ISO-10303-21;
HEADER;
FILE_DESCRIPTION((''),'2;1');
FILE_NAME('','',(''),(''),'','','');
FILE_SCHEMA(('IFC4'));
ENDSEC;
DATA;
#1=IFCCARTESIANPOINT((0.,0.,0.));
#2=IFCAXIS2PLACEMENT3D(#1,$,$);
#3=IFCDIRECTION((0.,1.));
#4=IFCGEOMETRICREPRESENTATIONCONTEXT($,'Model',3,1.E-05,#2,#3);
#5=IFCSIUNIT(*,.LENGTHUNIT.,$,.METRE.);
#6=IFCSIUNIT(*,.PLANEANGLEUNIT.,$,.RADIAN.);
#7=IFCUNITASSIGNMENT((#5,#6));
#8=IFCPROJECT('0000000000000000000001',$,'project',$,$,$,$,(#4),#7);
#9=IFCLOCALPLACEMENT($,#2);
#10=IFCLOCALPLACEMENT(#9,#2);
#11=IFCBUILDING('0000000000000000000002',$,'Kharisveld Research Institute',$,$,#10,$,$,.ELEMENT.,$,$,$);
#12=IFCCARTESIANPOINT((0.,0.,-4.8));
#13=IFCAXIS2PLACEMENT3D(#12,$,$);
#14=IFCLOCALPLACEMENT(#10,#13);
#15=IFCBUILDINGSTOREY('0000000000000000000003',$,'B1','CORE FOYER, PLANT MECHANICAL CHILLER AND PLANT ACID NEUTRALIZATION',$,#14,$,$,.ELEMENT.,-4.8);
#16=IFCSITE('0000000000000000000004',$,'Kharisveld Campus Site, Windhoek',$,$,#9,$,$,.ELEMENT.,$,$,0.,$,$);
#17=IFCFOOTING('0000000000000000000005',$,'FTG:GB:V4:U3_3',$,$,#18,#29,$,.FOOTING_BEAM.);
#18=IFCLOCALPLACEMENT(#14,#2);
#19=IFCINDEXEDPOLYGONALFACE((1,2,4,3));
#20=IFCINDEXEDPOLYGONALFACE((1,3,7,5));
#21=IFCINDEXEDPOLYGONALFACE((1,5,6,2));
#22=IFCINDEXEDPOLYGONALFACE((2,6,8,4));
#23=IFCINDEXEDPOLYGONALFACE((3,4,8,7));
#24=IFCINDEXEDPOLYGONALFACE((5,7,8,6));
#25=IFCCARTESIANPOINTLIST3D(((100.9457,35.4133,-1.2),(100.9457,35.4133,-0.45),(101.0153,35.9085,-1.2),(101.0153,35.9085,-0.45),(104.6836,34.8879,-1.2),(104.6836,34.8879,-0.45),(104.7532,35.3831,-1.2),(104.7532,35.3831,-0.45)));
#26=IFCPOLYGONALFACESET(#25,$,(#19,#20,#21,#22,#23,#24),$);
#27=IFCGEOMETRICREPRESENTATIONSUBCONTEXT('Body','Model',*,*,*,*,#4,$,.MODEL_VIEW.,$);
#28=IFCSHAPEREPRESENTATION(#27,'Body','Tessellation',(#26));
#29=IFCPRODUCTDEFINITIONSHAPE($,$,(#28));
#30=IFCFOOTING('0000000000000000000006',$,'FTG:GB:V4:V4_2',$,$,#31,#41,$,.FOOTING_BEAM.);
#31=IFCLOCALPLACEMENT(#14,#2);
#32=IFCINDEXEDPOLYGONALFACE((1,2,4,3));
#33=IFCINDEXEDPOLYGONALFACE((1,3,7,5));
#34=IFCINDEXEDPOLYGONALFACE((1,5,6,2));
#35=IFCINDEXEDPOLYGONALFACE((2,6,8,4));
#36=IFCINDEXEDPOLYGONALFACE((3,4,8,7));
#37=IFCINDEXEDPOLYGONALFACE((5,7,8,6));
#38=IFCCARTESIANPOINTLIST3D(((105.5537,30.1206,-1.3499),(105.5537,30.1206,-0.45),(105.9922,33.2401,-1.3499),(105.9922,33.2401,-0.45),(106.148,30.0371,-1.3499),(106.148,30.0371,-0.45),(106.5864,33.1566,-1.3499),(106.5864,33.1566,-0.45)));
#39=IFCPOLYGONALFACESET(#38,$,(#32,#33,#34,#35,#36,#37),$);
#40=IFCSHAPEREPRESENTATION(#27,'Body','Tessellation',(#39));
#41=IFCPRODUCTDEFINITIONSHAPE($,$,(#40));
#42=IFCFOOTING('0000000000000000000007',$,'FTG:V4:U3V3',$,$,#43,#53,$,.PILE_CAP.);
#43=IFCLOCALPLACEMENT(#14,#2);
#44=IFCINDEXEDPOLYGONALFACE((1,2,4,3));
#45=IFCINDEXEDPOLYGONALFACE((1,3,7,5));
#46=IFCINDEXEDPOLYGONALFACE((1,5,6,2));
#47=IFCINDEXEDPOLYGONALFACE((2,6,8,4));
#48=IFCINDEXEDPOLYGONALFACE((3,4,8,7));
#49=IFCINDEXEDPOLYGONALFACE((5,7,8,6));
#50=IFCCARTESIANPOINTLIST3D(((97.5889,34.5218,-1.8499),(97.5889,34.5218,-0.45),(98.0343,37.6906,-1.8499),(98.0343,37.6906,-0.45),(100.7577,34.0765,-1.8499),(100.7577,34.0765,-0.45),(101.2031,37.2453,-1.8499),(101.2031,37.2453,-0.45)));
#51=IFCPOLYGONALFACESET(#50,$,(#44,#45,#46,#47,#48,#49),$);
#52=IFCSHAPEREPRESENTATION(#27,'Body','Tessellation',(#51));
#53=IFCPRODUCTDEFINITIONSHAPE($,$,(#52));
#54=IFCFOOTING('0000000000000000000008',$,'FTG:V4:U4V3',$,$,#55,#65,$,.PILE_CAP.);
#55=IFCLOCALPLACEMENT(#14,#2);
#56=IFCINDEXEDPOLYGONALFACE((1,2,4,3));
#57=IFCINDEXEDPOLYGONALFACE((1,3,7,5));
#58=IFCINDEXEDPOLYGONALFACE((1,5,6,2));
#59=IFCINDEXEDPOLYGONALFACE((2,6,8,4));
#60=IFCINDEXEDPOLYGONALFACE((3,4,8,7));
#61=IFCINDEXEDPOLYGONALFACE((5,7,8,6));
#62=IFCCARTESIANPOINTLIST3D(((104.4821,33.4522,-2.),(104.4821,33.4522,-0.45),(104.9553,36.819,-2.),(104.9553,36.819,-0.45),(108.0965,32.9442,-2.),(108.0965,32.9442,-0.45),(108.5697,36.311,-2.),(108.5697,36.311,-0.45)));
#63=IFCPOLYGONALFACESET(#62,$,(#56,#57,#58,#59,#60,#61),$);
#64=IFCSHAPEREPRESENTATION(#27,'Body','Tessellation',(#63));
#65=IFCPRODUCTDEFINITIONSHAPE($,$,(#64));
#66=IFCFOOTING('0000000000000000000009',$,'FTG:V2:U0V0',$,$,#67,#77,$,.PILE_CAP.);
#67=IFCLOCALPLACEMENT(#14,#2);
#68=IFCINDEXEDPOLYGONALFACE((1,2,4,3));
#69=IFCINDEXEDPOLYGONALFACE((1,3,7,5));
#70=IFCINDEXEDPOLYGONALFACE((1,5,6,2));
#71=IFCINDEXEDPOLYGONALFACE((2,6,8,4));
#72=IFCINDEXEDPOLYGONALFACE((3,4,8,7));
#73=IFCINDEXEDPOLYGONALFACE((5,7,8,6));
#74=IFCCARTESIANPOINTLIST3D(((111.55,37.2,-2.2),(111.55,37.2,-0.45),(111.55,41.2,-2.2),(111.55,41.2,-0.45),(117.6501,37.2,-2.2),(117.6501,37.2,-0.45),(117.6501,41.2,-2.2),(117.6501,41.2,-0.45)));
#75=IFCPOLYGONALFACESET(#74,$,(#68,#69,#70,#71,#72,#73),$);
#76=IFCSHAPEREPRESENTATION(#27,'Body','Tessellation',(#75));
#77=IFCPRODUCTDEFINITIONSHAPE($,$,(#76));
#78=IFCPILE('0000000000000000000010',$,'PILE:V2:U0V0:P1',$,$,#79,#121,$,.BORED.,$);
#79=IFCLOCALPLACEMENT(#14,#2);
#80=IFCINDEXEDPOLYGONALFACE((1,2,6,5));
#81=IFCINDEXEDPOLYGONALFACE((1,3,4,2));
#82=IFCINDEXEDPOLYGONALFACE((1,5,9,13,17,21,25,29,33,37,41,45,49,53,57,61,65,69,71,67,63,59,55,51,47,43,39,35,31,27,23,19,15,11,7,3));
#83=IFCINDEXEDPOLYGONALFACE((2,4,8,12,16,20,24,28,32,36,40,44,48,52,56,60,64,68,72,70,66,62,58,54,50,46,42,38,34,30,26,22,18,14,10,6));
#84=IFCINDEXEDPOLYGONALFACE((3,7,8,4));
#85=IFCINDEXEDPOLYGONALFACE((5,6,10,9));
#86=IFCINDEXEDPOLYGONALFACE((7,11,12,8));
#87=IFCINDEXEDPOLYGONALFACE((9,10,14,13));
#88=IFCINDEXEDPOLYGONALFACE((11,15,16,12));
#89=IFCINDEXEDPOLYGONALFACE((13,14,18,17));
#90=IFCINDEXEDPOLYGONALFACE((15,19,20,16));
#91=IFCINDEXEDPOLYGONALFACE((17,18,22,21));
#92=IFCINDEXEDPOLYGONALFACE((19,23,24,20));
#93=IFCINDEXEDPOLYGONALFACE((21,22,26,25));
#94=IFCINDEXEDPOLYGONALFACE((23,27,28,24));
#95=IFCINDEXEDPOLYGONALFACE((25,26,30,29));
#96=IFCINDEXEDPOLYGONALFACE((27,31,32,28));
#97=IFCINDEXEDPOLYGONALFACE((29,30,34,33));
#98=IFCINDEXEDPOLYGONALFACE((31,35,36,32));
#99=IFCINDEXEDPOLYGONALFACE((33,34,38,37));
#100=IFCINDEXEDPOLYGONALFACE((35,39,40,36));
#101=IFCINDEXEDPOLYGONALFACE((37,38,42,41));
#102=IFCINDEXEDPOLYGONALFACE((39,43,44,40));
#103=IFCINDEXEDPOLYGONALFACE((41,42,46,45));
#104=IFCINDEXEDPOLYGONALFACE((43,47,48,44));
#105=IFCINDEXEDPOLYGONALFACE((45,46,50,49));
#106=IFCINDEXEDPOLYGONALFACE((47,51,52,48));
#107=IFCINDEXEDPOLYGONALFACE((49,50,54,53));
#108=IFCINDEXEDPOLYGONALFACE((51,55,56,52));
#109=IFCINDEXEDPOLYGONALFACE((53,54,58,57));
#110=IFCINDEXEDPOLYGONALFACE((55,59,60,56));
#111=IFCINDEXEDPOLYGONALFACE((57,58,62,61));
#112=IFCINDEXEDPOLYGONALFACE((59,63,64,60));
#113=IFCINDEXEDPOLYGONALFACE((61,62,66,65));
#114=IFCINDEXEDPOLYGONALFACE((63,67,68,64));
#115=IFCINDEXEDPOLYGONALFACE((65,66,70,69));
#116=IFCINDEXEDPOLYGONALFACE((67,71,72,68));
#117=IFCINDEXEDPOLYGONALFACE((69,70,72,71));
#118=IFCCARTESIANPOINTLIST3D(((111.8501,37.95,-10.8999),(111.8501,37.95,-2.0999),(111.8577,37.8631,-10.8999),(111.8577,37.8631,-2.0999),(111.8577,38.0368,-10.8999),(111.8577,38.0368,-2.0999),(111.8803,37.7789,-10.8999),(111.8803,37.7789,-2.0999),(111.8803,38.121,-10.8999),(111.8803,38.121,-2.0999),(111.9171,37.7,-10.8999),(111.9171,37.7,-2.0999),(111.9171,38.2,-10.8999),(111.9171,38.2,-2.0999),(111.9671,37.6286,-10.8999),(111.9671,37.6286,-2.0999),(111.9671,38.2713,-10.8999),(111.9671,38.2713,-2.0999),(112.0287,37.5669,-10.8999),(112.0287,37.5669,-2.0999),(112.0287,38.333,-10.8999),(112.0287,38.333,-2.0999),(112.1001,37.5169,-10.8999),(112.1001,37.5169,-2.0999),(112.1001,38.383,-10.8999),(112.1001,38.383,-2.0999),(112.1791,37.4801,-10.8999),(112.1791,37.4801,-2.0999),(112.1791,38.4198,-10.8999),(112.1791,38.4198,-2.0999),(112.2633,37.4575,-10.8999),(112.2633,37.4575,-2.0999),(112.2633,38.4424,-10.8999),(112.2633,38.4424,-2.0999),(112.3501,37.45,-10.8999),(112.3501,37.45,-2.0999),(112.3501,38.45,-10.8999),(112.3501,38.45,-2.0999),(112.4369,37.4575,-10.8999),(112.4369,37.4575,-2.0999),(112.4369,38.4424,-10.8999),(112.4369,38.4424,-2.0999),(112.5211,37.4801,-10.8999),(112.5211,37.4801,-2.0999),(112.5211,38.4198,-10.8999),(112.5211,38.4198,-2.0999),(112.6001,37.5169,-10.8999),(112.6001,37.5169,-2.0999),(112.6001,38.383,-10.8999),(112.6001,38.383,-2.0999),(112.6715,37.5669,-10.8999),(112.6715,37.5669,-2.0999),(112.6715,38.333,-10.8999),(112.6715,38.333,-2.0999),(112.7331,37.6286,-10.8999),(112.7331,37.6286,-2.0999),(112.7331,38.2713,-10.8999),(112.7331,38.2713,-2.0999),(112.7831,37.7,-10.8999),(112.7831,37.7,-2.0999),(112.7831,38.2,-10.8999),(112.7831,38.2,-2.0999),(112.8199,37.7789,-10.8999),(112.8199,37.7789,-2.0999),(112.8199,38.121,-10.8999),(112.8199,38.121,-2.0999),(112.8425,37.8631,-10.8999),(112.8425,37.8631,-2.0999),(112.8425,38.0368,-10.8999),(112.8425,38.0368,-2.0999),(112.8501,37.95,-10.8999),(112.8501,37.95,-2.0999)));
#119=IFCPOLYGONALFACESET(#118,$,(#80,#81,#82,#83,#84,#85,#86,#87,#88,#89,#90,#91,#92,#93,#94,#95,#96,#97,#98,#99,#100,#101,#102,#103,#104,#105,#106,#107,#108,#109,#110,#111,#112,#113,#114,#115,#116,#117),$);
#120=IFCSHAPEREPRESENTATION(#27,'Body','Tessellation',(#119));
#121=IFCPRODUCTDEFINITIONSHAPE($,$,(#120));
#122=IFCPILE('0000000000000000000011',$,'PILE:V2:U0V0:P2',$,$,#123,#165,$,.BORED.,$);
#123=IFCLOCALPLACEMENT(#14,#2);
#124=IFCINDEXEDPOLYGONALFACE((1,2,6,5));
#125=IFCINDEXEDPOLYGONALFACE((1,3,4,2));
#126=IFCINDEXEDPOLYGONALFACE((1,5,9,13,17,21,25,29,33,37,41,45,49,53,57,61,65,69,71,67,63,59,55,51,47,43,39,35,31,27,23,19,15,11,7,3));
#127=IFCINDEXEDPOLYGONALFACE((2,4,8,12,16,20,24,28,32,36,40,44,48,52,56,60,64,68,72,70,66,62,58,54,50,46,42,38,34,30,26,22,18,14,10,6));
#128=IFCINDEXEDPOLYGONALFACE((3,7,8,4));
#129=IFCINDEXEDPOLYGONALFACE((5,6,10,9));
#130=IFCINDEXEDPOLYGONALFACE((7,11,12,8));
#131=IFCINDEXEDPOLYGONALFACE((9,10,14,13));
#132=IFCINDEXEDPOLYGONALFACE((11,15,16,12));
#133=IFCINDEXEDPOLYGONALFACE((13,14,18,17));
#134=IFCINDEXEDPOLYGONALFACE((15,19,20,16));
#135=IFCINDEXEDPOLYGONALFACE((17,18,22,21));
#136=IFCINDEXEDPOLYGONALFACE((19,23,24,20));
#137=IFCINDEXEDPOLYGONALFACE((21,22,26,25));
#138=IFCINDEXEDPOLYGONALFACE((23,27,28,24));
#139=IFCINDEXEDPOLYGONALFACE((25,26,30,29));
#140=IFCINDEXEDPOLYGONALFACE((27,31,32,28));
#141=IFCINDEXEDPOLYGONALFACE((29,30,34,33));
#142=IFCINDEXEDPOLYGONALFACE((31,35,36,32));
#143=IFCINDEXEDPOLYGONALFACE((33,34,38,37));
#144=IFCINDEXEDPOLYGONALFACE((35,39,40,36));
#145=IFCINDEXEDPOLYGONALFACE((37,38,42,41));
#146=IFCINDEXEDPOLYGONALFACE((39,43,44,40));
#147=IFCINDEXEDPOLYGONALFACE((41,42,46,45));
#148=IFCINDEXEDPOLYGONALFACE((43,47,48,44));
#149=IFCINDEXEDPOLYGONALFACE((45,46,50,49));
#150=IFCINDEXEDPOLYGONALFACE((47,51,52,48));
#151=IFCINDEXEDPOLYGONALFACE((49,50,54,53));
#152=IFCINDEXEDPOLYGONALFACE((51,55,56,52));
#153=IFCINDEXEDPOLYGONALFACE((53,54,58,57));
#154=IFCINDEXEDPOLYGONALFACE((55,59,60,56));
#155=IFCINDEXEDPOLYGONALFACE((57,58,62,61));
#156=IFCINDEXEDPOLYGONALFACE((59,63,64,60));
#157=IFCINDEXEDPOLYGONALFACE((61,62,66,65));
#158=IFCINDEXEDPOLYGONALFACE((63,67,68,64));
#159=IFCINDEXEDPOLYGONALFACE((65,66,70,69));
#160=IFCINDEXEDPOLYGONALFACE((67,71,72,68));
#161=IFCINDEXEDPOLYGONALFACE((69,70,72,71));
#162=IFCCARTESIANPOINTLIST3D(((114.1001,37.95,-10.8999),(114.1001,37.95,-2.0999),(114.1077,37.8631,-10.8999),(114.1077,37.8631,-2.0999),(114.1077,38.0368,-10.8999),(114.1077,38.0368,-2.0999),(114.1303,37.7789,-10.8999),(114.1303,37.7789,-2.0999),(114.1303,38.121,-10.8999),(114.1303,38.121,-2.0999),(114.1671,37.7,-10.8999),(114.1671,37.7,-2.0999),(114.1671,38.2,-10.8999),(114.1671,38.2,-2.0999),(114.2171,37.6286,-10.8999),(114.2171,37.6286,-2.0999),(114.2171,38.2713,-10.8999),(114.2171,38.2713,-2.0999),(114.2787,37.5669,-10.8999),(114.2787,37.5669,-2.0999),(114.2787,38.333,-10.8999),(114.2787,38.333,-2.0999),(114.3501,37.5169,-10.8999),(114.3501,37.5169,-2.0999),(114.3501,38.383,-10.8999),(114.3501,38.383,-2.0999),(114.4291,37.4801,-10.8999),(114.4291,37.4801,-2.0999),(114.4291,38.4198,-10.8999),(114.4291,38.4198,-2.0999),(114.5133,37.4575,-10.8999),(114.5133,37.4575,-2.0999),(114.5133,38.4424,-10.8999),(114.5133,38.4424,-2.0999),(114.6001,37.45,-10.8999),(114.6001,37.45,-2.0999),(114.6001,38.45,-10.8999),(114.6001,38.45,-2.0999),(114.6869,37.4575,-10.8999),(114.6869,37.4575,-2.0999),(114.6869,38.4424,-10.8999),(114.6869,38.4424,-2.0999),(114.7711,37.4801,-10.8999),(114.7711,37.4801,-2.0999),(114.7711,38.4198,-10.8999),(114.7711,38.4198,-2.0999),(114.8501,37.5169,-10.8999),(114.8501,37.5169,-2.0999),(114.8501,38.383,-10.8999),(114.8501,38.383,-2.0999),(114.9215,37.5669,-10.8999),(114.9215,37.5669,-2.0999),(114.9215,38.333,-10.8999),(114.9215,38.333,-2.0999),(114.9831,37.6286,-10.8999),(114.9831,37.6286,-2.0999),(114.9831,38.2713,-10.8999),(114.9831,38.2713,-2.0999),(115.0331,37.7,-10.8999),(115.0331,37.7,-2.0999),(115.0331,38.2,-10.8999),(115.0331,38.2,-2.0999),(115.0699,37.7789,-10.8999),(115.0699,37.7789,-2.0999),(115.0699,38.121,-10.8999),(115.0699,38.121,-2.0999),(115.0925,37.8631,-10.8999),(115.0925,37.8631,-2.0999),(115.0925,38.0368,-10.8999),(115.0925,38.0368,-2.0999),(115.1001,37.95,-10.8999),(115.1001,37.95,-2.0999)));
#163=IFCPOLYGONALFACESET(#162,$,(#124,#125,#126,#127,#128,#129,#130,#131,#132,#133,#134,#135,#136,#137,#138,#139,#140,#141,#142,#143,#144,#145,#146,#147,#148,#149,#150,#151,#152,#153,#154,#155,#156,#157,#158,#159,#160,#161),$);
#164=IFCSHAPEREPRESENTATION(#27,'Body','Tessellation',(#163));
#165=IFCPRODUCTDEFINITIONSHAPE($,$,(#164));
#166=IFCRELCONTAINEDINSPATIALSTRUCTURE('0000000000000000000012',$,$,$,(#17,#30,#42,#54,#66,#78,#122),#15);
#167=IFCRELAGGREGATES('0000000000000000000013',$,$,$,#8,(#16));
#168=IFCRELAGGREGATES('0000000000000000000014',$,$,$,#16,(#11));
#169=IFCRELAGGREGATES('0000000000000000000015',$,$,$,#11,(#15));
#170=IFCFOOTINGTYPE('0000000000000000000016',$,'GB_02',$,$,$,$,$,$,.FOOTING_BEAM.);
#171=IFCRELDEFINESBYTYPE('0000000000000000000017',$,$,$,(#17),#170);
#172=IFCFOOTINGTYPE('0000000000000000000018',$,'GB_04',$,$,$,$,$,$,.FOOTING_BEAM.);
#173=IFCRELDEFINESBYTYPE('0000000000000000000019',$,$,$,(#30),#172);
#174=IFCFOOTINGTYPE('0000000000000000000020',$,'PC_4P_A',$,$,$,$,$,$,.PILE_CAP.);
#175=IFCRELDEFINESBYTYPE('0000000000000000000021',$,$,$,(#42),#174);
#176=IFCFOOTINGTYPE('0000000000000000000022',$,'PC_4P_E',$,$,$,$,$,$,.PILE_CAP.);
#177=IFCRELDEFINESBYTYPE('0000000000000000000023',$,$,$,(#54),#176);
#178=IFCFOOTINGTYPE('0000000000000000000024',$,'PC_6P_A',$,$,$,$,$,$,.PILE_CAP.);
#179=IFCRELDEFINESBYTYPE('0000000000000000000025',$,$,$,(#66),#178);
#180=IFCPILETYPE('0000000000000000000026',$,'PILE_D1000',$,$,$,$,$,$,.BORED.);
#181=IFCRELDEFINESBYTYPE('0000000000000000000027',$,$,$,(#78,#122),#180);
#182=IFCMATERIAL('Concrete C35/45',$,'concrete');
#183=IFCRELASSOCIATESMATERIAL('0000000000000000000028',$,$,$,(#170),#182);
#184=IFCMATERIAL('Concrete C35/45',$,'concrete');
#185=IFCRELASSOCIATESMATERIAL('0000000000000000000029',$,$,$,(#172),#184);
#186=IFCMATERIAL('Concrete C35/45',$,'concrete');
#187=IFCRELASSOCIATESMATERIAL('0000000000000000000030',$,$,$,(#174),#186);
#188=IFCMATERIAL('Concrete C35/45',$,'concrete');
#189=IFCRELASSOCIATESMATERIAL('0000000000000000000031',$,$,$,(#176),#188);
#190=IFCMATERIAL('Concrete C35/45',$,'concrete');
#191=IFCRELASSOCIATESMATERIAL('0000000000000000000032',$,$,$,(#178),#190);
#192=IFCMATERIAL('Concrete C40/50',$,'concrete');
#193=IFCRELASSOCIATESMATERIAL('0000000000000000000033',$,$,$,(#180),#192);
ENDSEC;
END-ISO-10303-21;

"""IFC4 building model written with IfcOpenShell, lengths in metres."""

from ifc_helpers import new_model, si_unit, direction, frame, origin, origin_2d, place, context, subcontext, project, spatial, rectangle, circle, extrude, material, material_profile, profile_set, type_object, element, save


model = new_model("IFC4")

# Units and contexts
model_context = context("Model", 3, precision=1e-05, world=origin(), true_north=direction((0.0, 1.0)))
body_context = subcontext(model_context, "Body", "Model", "MODEL_VIEW")
ifc_project = project(units=[si_unit("LENGTHUNIT", "METRE"), si_unit("PLANEANGLEUNIT", "RADIAN")], contexts=[model_context])

# Site, building, storey
site_placement = place(None, origin())
site = spatial("IfcSite", under=ifc_project, at=site_placement, Name="Kharisveld Campus Site, Windhoek", CompositionType="ELEMENT", RefElevation=0.0)
building_placement = place(site_placement, origin())
building = spatial("IfcBuilding", under=site, at=building_placement, Name="Kharisveld Research Institute", CompositionType="ELEMENT")
storey_placement = place(building_placement, frame((0.0, 0.0, -4.8)))
storey = spatial("IfcBuildingStorey", under=building, at=storey_placement, Name="B1", Description="CORE FOYER, PLANT MECHANICAL CHILLER AND PLANT ACID NEUTRALIZATION", CompositionType="ELEMENT", Elevation=-4.8)

# Footings
ifc_material_1 = material(Name="Concrete C35/45", Category="concrete")
ifc_material_profile_1 = material_profile(ifc_material_1, rectangle(XDim=0.5, YDim=0.75, at=origin_2d()))
ifc_profile_set_1 = profile_set([ifc_material_profile_1], Name="Concrete C35/45")
footing_type_1 = type_object("IfcFootingType", Name="GB_02", PredefinedType="FOOTING_BEAM", material=ifc_profile_set_1)
footing_1_placement = place(storey_placement, frame((100.9805, 35.6609, -0.825), z_axis=(0.990266, -0.139184, 0.0), x_axis=(0.139184, 0.990266, 0.0)))
element("IfcFooting", 1, at=footing_1_placement, inside=storey, type_object=footing_type_1, Name="FTG:GB:V4:U3_3", PredefinedType="FOOTING_BEAM", context=body_context, shape_type="SweptSolid", body=[
    extrude(rectangle(XDim=0.5, YDim=0.75, at=origin_2d()), origin(), (0.0, 0.0, 1.0), 3.7747),
])
ifc_material_2 = material(Name="Concrete C35/45", Category="concrete")
ifc_material_profile_2 = material_profile(ifc_material_2, rectangle(XDim=0.6001, YDim=0.8999, at=origin_2d()))
ifc_profile_set_2 = profile_set([ifc_material_profile_2], Name="Concrete C35/45")
footing_type_2 = type_object("IfcFootingType", Name="GB_04", PredefinedType="FOOTING_BEAM", material=ifc_profile_set_2)
footing_2_placement = place(storey_placement, frame((105.8508, 30.0789, -0.8999), z_axis=(0.139197, 0.990265, 0.0), x_axis=(-0.990265, 0.139197, 0.0)))
element("IfcFooting", 2, at=footing_2_placement, inside=storey, type_object=footing_type_2, Name="FTG:GB:V4:V4_2", PredefinedType="FOOTING_BEAM", context=body_context, shape_type="SweptSolid", body=[
    extrude(rectangle(XDim=0.6001, YDim=0.8999, at=origin_2d()), origin(), (0.0, 0.0, 1.0), 3.1501),
])
ifc_material_3 = material(Name="Concrete C35/45", Category="concrete")
footing_type_3 = type_object("IfcFootingType", Name="PC_4P_A", PredefinedType="PILE_CAP", material=ifc_material_3)
footing_3_placement = place(storey_placement, frame((99.396, 35.8835, -1.8499), z_axis=(0.0, 0.0, 1.0), x_axis=(0.990268, -0.139173, 0.0)))
element("IfcFooting", 3, at=footing_3_placement, inside=storey, type_object=footing_type_3, Name="FTG:V4:U3V3", PredefinedType="PILE_CAP", context=body_context, shape_type="SweptSolid", body=[
    extrude(rectangle(XDim=3.2, YDim=3.2, at=origin_2d()), origin(), (0.0, 0.0, 1.0), 1.3999),
])
ifc_material_4 = material(Name="Concrete C35/45", Category="concrete")
footing_type_4 = type_object("IfcFootingType", Name="PC_4P_E", PredefinedType="PILE_CAP", material=ifc_material_4)
footing_4_placement = place(storey_placement, frame((106.5259, 34.8816, -2.0), z_axis=(0.0, 0.0, 1.0), x_axis=(0.990268, -0.139173, 0.0)))
element("IfcFooting", 4, at=footing_4_placement, inside=storey, type_object=footing_type_4, Name="FTG:V4:U4V3", PredefinedType="PILE_CAP", context=body_context, shape_type="SweptSolid", body=[
    extrude(rectangle(XDim=3.6499, YDim=3.3999, at=origin_2d()), origin(), (0.0, 0.0, 1.0), 1.55),
])
ifc_material_5 = material(Name="Concrete C35/45", Category="concrete")
footing_type_5 = type_object("IfcFootingType", Name="PC_6P_A", PredefinedType="PILE_CAP", material=ifc_material_5)
footing_5_placement = place(storey_placement, frame((114.6001, 39.2, -2.2), z_axis=(0.0, 0.0, 1.0), x_axis=(1.0, 0.0, 0.0)))
element("IfcFooting", 5, at=footing_5_placement, inside=storey, type_object=footing_type_5, Name="FTG:V2:U0V0", PredefinedType="PILE_CAP", context=body_context, shape_type="SweptSolid", body=[
    extrude(rectangle(XDim=6.1001, YDim=4.0, at=origin_2d()), origin(), (0.0, 0.0, 1.0), 1.75),
])

# Piles
ifc_material_6 = material(Name="Concrete C40/50", Category="concrete")
ifc_material_profile_3 = material_profile(ifc_material_6, circle(Radius=0.5, at=origin_2d()))
ifc_profile_set_3 = profile_set([ifc_material_profile_3], Name="Concrete C40/50")
pile_type_1 = type_object("IfcPileType", Name="PILE_D1000", PredefinedType="BORED", material=ifc_profile_set_3)
for number, where, z_axis, x_axis, name in (
    (6, (112.3501, 37.95, -2.0999), (0.0, 0.0, -1.0), (1.0, 0.0, 0.0), "PILE:V2:U0V0:P1"),
    (7, (114.6001, 37.95, -2.0999), (0.0, 0.0, -1.0), (1.0, 0.0, 0.0), "PILE:V2:U0V0:P2"),
):
    element("IfcPile", number, at=place(storey_placement, frame(where, z_axis=z_axis, x_axis=x_axis)), inside=storey, type_object=pile_type_1, Name=name, PredefinedType="BORED", context=body_context, shape_type="SweptSolid", body=[
        extrude(circle(Radius=0.5, at=origin_2d()), origin(), (0.0, 0.0, 1.0), 8.8),
    ])

save(model, "model.ifc")
